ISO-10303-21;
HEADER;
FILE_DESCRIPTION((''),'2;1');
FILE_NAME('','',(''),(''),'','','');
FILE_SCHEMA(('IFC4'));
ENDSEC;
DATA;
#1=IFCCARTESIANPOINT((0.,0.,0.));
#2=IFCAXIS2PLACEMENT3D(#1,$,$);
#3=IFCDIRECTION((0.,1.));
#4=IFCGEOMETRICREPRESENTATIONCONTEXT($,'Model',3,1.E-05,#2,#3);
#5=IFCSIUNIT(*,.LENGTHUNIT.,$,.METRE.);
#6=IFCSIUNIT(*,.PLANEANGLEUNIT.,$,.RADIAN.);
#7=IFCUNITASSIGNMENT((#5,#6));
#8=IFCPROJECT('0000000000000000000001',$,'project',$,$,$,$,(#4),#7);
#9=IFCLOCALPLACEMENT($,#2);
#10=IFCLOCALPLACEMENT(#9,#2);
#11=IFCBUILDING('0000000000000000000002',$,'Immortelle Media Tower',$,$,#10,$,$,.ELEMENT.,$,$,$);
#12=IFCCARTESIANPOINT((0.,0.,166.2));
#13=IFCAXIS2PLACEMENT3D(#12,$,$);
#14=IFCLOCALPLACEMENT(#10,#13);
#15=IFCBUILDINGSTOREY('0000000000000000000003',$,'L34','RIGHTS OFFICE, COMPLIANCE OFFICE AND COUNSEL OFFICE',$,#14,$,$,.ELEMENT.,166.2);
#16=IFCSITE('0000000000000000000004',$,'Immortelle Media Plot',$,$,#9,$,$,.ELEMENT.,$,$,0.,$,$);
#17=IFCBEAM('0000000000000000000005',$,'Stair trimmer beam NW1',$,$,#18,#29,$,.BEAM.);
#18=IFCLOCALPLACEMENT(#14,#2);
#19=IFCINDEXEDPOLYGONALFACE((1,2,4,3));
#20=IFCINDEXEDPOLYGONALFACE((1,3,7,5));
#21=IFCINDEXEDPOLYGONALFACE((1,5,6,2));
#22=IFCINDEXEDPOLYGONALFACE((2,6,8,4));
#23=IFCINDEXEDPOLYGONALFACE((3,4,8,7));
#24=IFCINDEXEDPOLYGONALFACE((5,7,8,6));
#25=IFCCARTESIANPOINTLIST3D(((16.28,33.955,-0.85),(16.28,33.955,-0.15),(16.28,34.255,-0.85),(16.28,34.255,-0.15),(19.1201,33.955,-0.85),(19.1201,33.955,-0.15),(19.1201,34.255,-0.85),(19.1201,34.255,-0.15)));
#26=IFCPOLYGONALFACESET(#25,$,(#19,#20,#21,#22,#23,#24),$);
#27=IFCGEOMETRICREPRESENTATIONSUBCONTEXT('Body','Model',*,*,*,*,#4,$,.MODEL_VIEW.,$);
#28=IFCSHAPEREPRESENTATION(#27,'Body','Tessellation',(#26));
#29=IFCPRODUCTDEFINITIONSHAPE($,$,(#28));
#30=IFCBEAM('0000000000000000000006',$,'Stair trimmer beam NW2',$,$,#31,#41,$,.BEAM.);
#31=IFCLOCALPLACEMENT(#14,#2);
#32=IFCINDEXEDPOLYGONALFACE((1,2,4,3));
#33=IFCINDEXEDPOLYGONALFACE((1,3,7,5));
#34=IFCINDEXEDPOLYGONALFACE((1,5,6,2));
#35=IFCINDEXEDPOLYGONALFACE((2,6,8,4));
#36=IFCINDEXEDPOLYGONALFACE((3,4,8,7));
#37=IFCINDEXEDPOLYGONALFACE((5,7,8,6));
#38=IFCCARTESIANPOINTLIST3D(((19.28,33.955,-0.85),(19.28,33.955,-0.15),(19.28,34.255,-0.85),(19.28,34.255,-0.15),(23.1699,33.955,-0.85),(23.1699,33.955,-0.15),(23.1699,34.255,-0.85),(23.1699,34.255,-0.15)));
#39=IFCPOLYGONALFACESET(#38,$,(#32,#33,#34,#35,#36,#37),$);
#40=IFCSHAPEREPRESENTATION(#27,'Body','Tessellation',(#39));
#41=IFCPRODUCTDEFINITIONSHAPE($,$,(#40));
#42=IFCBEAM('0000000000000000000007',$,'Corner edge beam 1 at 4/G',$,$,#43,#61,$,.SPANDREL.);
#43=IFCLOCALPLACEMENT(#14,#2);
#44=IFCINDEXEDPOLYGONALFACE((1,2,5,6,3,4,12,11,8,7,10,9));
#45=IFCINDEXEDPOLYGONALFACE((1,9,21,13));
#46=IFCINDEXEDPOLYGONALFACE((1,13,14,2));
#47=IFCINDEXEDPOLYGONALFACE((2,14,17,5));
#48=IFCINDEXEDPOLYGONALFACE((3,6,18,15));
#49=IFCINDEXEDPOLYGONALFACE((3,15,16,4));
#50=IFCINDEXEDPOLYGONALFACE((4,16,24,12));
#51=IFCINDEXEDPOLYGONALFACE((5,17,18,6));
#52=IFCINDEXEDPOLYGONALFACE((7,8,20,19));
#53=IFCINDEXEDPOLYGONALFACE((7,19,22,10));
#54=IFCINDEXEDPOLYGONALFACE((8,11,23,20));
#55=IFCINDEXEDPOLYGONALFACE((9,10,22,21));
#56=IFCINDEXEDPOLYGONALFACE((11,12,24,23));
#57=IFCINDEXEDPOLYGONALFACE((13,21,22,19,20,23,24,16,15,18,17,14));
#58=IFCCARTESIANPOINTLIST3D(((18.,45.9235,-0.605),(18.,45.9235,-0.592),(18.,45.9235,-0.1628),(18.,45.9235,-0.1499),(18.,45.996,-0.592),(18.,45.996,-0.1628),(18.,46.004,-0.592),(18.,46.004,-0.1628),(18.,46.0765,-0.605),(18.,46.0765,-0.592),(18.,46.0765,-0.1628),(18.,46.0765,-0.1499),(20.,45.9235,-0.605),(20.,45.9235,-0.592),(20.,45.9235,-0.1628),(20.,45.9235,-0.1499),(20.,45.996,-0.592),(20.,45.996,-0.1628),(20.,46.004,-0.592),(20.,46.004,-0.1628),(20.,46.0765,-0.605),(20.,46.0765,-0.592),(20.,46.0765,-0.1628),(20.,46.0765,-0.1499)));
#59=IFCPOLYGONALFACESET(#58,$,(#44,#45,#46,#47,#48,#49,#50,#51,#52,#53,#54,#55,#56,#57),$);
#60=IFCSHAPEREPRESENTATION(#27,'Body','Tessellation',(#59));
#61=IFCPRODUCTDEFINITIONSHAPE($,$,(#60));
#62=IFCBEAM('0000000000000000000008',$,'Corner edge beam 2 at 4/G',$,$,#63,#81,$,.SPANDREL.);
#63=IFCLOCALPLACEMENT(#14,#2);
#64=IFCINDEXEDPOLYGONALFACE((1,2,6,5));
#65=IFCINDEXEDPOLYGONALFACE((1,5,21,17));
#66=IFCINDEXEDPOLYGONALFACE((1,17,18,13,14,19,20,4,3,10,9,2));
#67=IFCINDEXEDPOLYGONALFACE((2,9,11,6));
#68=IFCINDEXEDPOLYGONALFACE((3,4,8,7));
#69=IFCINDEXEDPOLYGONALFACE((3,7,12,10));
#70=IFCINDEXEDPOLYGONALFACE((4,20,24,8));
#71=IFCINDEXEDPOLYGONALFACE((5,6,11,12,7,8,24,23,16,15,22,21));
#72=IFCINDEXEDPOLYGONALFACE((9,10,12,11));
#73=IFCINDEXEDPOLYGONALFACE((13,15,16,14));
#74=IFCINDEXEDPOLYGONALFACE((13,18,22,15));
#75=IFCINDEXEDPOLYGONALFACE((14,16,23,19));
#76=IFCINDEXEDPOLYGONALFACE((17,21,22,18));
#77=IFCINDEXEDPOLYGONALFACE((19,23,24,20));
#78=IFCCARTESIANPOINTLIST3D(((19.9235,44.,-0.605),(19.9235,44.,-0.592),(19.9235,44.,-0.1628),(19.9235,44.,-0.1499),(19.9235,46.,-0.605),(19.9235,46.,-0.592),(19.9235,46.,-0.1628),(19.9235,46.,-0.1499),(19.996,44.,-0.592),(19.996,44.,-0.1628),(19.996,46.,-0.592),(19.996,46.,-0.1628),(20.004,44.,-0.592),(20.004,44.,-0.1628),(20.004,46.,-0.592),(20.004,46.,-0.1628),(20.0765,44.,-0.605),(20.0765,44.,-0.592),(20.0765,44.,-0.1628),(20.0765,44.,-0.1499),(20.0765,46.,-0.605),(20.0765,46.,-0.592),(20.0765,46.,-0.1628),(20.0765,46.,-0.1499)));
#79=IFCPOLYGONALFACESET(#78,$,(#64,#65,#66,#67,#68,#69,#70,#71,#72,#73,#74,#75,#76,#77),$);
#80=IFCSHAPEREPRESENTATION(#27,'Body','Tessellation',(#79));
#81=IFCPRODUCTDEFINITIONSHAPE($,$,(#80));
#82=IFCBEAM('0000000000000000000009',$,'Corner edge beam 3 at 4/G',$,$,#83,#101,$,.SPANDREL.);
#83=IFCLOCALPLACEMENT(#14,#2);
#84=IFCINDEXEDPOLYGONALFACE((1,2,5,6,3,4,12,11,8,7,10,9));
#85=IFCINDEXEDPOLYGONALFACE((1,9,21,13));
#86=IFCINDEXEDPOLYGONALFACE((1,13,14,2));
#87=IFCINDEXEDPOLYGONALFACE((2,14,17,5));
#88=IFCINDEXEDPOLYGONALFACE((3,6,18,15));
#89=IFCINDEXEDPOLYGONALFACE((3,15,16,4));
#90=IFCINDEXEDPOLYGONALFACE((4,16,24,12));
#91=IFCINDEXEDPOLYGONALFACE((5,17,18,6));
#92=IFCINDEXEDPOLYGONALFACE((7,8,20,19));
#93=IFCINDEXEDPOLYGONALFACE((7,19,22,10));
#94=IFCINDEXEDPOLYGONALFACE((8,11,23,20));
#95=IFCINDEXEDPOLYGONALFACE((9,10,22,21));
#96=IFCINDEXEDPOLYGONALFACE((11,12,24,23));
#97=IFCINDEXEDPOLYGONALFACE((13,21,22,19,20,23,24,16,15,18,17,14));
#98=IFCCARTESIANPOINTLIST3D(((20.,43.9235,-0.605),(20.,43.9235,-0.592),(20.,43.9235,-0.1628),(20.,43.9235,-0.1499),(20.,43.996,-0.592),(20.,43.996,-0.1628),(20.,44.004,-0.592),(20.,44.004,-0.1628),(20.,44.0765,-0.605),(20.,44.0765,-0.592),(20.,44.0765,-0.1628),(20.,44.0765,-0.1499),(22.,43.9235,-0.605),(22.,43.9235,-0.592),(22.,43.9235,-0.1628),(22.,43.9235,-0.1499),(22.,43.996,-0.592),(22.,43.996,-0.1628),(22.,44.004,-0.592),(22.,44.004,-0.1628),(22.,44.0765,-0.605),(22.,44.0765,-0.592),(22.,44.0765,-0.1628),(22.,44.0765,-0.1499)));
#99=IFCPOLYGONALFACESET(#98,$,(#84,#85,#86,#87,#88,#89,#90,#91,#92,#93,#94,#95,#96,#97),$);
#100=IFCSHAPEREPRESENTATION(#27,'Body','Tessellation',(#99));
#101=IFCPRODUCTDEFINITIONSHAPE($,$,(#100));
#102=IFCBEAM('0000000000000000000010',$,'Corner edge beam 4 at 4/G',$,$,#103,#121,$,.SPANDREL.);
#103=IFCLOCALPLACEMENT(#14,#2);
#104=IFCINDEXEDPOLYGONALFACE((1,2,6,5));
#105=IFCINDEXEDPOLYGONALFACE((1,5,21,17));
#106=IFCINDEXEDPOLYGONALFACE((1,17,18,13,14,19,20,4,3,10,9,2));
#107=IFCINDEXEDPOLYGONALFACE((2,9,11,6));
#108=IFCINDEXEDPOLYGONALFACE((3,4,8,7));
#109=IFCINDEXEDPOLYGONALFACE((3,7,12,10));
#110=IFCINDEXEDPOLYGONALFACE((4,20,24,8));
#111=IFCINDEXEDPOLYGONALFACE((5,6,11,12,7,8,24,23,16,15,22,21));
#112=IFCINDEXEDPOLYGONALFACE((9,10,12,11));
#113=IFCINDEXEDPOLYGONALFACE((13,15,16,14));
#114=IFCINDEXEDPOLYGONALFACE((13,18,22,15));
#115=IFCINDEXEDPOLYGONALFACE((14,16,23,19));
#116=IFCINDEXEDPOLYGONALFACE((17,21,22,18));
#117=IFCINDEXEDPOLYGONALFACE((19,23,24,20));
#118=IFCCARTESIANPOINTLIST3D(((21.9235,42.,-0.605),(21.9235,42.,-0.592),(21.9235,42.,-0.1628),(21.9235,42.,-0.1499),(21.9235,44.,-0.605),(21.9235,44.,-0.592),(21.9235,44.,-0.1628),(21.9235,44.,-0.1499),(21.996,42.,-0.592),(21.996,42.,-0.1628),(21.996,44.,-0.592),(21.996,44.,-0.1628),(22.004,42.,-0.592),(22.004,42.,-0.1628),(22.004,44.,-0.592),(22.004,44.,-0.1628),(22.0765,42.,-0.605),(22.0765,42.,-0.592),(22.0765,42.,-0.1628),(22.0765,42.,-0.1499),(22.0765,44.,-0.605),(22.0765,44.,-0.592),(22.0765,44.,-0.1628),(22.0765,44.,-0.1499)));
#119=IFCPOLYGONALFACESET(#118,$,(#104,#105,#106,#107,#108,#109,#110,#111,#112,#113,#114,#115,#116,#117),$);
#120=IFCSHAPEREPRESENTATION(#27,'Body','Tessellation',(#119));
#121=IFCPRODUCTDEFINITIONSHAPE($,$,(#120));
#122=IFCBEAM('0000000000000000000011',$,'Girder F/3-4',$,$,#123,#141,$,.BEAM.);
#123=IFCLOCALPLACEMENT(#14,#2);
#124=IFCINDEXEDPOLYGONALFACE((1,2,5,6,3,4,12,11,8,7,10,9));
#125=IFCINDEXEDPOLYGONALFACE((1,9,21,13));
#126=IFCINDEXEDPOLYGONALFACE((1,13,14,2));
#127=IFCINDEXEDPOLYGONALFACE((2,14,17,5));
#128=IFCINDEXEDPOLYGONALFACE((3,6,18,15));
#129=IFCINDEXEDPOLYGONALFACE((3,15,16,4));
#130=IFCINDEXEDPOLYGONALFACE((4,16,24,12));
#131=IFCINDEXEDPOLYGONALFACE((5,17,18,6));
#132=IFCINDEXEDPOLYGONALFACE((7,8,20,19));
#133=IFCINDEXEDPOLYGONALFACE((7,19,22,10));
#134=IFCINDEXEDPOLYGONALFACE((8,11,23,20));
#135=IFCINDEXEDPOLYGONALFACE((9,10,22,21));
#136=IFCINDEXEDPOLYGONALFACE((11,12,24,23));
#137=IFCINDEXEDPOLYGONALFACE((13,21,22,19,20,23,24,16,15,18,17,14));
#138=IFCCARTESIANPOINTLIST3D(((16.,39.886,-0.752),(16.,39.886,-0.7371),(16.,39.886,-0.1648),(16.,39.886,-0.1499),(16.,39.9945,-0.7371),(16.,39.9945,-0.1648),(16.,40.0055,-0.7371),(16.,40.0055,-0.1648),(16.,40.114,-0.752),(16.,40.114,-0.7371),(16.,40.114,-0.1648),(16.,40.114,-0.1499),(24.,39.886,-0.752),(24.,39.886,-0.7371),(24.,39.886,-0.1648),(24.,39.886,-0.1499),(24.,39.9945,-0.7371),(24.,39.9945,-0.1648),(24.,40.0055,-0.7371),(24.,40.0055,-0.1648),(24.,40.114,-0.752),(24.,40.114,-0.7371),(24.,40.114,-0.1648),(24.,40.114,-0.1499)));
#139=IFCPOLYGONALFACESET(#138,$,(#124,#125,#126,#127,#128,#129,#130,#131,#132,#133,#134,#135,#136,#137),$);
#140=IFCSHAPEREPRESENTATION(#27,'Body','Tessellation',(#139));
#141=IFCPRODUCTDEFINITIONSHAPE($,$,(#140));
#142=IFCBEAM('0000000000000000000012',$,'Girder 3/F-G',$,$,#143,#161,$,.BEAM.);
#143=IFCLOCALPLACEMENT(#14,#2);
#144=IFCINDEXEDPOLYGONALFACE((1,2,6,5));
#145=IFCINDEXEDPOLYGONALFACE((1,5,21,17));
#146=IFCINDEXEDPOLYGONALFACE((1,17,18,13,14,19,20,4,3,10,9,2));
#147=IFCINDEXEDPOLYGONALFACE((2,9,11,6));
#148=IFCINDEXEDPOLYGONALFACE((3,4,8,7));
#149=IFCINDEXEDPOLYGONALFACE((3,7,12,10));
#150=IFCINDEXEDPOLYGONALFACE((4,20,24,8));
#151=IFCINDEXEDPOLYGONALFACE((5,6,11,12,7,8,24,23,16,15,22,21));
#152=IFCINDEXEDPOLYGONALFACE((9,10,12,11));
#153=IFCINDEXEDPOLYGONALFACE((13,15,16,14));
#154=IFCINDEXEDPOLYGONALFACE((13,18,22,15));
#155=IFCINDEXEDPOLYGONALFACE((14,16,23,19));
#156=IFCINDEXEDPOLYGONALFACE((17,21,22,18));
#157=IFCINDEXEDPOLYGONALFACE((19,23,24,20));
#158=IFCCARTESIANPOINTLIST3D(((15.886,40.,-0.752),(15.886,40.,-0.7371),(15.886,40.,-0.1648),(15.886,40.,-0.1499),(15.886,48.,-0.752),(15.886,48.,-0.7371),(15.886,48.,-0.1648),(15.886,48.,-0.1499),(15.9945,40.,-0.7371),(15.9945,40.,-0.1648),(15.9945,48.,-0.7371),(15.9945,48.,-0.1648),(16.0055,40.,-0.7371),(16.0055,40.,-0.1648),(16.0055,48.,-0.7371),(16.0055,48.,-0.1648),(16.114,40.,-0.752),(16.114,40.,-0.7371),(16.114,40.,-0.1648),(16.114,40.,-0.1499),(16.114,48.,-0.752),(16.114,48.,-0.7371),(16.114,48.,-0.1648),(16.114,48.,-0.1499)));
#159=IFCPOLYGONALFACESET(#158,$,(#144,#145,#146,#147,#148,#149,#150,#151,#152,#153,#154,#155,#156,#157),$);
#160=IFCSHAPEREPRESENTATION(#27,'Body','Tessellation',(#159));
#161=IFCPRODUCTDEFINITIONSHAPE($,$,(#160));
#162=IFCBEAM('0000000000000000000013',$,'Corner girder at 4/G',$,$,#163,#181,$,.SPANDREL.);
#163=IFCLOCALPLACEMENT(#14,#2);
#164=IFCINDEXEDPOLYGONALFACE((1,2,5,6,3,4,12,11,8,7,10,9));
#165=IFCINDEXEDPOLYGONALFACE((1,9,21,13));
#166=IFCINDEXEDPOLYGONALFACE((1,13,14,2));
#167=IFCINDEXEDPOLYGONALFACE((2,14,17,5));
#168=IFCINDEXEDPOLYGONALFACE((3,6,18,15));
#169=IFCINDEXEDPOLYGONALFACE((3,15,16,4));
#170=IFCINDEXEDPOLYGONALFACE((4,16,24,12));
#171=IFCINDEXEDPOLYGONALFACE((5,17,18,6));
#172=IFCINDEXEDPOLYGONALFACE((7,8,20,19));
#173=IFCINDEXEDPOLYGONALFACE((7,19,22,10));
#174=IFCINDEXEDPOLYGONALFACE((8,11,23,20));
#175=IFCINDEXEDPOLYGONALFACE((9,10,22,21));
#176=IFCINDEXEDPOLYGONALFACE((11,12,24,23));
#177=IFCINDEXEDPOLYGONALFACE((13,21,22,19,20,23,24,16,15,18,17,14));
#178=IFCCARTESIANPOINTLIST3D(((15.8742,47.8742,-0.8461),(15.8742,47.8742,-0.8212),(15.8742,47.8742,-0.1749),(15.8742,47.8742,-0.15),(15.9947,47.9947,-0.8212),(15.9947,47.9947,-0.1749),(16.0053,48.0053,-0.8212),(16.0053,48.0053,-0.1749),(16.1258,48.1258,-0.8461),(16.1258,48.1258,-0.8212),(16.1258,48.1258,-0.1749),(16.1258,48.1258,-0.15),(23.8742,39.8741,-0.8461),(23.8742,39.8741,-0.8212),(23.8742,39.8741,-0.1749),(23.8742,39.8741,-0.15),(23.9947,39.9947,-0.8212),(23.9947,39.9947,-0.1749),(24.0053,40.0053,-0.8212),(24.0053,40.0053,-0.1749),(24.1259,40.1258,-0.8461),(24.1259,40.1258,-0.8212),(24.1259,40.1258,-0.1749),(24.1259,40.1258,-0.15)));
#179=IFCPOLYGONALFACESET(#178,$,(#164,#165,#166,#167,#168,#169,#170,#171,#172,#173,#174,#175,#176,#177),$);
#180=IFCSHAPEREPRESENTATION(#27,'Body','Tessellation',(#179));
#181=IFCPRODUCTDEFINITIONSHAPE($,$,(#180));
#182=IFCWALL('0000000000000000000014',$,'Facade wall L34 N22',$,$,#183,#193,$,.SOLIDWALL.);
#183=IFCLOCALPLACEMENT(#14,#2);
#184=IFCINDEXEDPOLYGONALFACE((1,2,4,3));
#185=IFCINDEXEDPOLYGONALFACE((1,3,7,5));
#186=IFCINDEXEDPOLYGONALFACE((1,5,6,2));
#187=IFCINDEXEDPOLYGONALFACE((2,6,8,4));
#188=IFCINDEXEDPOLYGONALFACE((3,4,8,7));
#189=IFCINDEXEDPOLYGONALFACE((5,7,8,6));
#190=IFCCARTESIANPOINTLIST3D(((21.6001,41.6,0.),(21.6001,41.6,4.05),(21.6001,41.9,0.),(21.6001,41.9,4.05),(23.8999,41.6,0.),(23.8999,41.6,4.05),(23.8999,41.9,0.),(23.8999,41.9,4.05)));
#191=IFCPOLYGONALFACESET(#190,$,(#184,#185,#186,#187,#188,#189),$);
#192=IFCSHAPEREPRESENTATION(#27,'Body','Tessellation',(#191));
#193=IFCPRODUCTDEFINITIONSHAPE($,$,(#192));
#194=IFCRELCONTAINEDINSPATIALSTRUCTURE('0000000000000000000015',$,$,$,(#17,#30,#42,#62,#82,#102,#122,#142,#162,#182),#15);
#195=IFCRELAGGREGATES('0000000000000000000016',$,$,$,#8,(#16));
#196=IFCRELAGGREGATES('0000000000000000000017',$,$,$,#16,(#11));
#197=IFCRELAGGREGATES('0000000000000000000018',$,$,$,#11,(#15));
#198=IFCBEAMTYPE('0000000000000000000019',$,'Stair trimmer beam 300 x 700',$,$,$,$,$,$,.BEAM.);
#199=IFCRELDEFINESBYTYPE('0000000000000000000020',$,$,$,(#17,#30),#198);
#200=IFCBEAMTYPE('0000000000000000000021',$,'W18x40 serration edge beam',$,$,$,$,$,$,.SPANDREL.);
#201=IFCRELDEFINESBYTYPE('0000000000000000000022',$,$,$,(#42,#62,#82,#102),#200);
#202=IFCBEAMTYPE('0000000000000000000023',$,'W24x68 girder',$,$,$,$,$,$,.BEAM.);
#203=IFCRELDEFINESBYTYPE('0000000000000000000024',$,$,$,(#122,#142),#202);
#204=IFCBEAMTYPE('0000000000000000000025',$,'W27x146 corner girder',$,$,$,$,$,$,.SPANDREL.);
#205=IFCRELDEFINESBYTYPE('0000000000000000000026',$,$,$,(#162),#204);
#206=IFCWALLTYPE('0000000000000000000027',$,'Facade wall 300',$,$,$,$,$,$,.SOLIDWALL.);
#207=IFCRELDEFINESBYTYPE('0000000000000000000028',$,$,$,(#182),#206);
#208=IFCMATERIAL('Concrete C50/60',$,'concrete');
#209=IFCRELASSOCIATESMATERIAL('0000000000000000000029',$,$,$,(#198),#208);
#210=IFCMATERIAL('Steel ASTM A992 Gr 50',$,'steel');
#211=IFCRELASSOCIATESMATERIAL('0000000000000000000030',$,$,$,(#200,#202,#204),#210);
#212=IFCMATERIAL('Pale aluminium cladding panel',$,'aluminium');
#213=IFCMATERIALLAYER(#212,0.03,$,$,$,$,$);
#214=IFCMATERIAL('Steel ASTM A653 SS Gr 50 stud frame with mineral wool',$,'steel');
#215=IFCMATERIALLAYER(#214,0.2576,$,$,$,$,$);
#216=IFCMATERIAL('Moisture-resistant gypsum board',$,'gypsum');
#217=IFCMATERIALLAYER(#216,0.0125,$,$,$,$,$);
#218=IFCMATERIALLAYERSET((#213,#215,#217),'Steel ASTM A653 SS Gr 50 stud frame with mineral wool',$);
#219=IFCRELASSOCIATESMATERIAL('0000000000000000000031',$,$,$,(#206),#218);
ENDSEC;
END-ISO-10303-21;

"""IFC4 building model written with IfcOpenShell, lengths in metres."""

from ifc_helpers import new_model, si_unit, direction, frame, frame_2d, origin, origin_2d, place, context, subcontext, project, spatial, rectangle, i_section, extrude, material, layer, layer_set, material_profile, profile_set, type_object, element, save


model = new_model("IFC4")

# Units and contexts
model_context = context("Model", 3, precision=1e-05, world=origin(), true_north=direction((0.0, 1.0)))
body_context = subcontext(model_context, "Body", "Model", "MODEL_VIEW")
ifc_project = project(units=[si_unit("LENGTHUNIT", "METRE"), si_unit("PLANEANGLEUNIT", "RADIAN")], contexts=[model_context])

# Site, building, storey
site_placement = place(None, origin())
site = spatial("IfcSite", under=ifc_project, at=site_placement, Name="Immortelle Media Plot", CompositionType="ELEMENT", RefElevation=0.0)
building_placement = place(site_placement, origin())
building = spatial("IfcBuilding", under=site, at=building_placement, Name="Immortelle Media Tower", CompositionType="ELEMENT")
storey_placement = place(building_placement, frame((0.0, 0.0, 166.2)))
storey = spatial("IfcBuildingStorey", under=building, at=storey_placement, Name="L34", Description="RIGHTS OFFICE, COMPLIANCE OFFICE AND COUNSEL OFFICE", CompositionType="ELEMENT", Elevation=166.2)

# Beams
ifc_material_1 = material(Name="Concrete C50/60", Category="concrete")
ifc_material_profile_1 = material_profile(ifc_material_1, rectangle(XDim=0.3, YDim=0.7, at=origin_2d()), Name="RC 300x700")
ifc_profile_set_1 = profile_set([ifc_material_profile_1], Name="Concrete C50/60")
beam_type_1 = type_object("IfcBeamType", Name="Stair trimmer beam 300 x 700", PredefinedType="BEAM", material=ifc_profile_set_1)
beam_1_placement = place(storey_placement, frame((16.28, 34.105, -0.5), z_axis=(1.0, 0.0, 0.0), x_axis=(0.0, 1.0, 0.0)))
element("IfcBeam", 1, at=beam_1_placement, inside=storey, type_object=beam_type_1, Name="Stair trimmer beam NW1", PredefinedType="BEAM", context=body_context, shape_type="SweptSolid", body=[
    extrude(rectangle(XDim=0.3, YDim=0.7, at=origin_2d()), origin(), (0.0, 0.0, 1.0), 2.8401),
])
beam_2_placement = place(storey_placement, frame((19.28, 34.105, -0.5), z_axis=(1.0, 0.0, 0.0), x_axis=(0.0, 1.0, 0.0)))
element("IfcBeam", 2, at=beam_2_placement, inside=storey, type_object=beam_type_1, Name="Stair trimmer beam NW2", PredefinedType="BEAM", context=body_context, shape_type="SweptSolid", body=[
    extrude(rectangle(XDim=0.3, YDim=0.7, at=origin_2d()), origin(), (0.0, 0.0, 1.0), 3.8899),
])
ifc_material_2 = material(Name="Steel ASTM A992 Gr 50", Category="steel")
ifc_material_profile_2 = material_profile(ifc_material_2, i_section(OverallWidth=0.1531, OverallDepth=0.4551, WebThickness=0.0081, FlangeThickness=0.0129, at=origin_2d()), Name="W18x40")
ifc_profile_set_2 = profile_set([ifc_material_profile_2], Name="Steel ASTM A992 Gr 50")
beam_type_2 = type_object("IfcBeamType", Name="W18x40 serration edge beam", PredefinedType="SPANDREL", material=ifc_profile_set_2)
for number, where, z_axis, x_axis, name in (
    (3, (18.0, 46.0, -0.3774), (1.0, 0.0, 0.0), (0.0, 1.0, 0.0), "Corner edge beam 1 at 4/G"),
    (4, (20.0, 46.0, -0.3774), (0.0, -1.0, 0.0), (1.0, 0.0, 0.0), "Corner edge beam 2 at 4/G"),
    (5, (20.0, 44.0, -0.3774), (1.0, 0.0, 0.0), (0.0, 1.0, 0.0), "Corner edge beam 3 at 4/G"),
    (6, (22.0, 44.0, -0.3774), (0.0, -1.0, 0.0), (1.0, 0.0, 0.0), "Corner edge beam 4 at 4/G"),
):
    element("IfcBeam", number, at=place(storey_placement, frame(where, z_axis=z_axis, x_axis=x_axis)), inside=storey, type_object=beam_type_2, Name=name, PredefinedType="SPANDREL", context=body_context, shape_type="SweptSolid", body=[
        extrude(i_section(OverallWidth=0.1531, OverallDepth=0.4551, WebThickness=0.0081, FlangeThickness=0.0129, at=origin_2d()), origin(), (0.0, 0.0, 1.0), 2.0),
    ])
ifc_material_profile_3 = material_profile(ifc_material_2, i_section(OverallWidth=0.228, OverallDepth=0.6021, WebThickness=0.011, FlangeThickness=0.0149, at=origin_2d()), Name="W24x68")
ifc_profile_set_3 = profile_set([ifc_material_profile_3], Name="Steel ASTM A992 Gr 50")
beam_type_3 = type_object("IfcBeamType", Name="W24x68 girder", PredefinedType="BEAM", material=ifc_profile_set_3)
for number, where, z_axis, x_axis, name in (
    (7, (16.0, 40.0, -0.4509), (1.0, 0.0, 0.0), (0.0, 1.0, 0.0), "Girder F/3-4"),
    (8, (16.0, 40.0, -0.4509), (0.0, 1.0, 0.0), (-1.0, 0.0, 0.0), "Girder 3/F-G"),
):
    element("IfcBeam", number, at=place(storey_placement, frame(where, z_axis=z_axis, x_axis=x_axis)), inside=storey, type_object=beam_type_3, Name=name, PredefinedType="BEAM", context=body_context, shape_type="SweptSolid", body=[
        extrude(i_section(OverallWidth=0.228, OverallDepth=0.6021, WebThickness=0.011, FlangeThickness=0.0149, at=origin_2d()), origin(), (0.0, 0.0, 1.0), 8.0),
    ])
ifc_material_profile_4 = material_profile(ifc_material_2, i_section(OverallWidth=0.356, OverallDepth=0.696, WebThickness=0.0149, FlangeThickness=0.0249, at=origin_2d()), Name="W27x146")
ifc_profile_set_4 = profile_set([ifc_material_profile_4], Name="Steel ASTM A992 Gr 50")
beam_type_4 = type_object("IfcBeamType", Name="W27x146 corner girder", PredefinedType="SPANDREL", material=ifc_profile_set_4)
beam_3_placement = place(storey_placement, frame((16.0, 48.0, -0.498), z_axis=(0.707107, -0.707107, 0.0), x_axis=(0.707107, 0.707107, 0.0)))
element("IfcBeam", 9, at=beam_3_placement, inside=storey, type_object=beam_type_4, Name="Corner girder at 4/G", PredefinedType="SPANDREL", context=body_context, shape_type="SweptSolid", body=[
    extrude(i_section(OverallWidth=0.356, OverallDepth=0.696, WebThickness=0.0149, FlangeThickness=0.0249, at=origin_2d()), origin(), (0.0, 0.0, 1.0), 11.3137),
])

# Wall
ifc_material_3 = material(Name="Pale aluminium cladding panel", Category="aluminium")
ifc_layer_1 = layer(ifc_material_3, 0.03)
ifc_material_4 = material(Name="Steel ASTM A653 SS Gr 50 stud frame with mineral wool", Category="steel")
ifc_layer_2 = layer(ifc_material_4, 0.2576)
ifc_material_5 = material(Name="Moisture-resistant gypsum board", Category="gypsum")
ifc_layer_3 = layer(ifc_material_5, 0.0125)
ifc_layer_set_1 = layer_set([ifc_layer_1, ifc_layer_2, ifc_layer_3], Name="Steel ASTM A653 SS Gr 50 stud frame with mineral wool")
wall_type_1 = type_object("IfcWallType", Name="Facade wall 300", PredefinedType="SOLIDWALL", material=ifc_layer_set_1)
wall_1_placement = place(storey_placement, frame((23.8999, 41.75, 0.0), z_axis=(0.0, 0.0, 1.0), x_axis=(-1.0, 0.0, 0.0)))
element("IfcWall", 10, at=wall_1_placement, inside=storey, type_object=wall_type_1, Name="Facade wall L34 N22", PredefinedType="SOLIDWALL", context=body_context, shape_type="SweptSolid", body=[
    extrude(rectangle(XDim=2.2998, YDim=0.3, at=frame_2d((1.1499, 0.0))), origin(), (0.0, 0.0, 1.0), 4.05),
])

save(model, "model.ifc")
